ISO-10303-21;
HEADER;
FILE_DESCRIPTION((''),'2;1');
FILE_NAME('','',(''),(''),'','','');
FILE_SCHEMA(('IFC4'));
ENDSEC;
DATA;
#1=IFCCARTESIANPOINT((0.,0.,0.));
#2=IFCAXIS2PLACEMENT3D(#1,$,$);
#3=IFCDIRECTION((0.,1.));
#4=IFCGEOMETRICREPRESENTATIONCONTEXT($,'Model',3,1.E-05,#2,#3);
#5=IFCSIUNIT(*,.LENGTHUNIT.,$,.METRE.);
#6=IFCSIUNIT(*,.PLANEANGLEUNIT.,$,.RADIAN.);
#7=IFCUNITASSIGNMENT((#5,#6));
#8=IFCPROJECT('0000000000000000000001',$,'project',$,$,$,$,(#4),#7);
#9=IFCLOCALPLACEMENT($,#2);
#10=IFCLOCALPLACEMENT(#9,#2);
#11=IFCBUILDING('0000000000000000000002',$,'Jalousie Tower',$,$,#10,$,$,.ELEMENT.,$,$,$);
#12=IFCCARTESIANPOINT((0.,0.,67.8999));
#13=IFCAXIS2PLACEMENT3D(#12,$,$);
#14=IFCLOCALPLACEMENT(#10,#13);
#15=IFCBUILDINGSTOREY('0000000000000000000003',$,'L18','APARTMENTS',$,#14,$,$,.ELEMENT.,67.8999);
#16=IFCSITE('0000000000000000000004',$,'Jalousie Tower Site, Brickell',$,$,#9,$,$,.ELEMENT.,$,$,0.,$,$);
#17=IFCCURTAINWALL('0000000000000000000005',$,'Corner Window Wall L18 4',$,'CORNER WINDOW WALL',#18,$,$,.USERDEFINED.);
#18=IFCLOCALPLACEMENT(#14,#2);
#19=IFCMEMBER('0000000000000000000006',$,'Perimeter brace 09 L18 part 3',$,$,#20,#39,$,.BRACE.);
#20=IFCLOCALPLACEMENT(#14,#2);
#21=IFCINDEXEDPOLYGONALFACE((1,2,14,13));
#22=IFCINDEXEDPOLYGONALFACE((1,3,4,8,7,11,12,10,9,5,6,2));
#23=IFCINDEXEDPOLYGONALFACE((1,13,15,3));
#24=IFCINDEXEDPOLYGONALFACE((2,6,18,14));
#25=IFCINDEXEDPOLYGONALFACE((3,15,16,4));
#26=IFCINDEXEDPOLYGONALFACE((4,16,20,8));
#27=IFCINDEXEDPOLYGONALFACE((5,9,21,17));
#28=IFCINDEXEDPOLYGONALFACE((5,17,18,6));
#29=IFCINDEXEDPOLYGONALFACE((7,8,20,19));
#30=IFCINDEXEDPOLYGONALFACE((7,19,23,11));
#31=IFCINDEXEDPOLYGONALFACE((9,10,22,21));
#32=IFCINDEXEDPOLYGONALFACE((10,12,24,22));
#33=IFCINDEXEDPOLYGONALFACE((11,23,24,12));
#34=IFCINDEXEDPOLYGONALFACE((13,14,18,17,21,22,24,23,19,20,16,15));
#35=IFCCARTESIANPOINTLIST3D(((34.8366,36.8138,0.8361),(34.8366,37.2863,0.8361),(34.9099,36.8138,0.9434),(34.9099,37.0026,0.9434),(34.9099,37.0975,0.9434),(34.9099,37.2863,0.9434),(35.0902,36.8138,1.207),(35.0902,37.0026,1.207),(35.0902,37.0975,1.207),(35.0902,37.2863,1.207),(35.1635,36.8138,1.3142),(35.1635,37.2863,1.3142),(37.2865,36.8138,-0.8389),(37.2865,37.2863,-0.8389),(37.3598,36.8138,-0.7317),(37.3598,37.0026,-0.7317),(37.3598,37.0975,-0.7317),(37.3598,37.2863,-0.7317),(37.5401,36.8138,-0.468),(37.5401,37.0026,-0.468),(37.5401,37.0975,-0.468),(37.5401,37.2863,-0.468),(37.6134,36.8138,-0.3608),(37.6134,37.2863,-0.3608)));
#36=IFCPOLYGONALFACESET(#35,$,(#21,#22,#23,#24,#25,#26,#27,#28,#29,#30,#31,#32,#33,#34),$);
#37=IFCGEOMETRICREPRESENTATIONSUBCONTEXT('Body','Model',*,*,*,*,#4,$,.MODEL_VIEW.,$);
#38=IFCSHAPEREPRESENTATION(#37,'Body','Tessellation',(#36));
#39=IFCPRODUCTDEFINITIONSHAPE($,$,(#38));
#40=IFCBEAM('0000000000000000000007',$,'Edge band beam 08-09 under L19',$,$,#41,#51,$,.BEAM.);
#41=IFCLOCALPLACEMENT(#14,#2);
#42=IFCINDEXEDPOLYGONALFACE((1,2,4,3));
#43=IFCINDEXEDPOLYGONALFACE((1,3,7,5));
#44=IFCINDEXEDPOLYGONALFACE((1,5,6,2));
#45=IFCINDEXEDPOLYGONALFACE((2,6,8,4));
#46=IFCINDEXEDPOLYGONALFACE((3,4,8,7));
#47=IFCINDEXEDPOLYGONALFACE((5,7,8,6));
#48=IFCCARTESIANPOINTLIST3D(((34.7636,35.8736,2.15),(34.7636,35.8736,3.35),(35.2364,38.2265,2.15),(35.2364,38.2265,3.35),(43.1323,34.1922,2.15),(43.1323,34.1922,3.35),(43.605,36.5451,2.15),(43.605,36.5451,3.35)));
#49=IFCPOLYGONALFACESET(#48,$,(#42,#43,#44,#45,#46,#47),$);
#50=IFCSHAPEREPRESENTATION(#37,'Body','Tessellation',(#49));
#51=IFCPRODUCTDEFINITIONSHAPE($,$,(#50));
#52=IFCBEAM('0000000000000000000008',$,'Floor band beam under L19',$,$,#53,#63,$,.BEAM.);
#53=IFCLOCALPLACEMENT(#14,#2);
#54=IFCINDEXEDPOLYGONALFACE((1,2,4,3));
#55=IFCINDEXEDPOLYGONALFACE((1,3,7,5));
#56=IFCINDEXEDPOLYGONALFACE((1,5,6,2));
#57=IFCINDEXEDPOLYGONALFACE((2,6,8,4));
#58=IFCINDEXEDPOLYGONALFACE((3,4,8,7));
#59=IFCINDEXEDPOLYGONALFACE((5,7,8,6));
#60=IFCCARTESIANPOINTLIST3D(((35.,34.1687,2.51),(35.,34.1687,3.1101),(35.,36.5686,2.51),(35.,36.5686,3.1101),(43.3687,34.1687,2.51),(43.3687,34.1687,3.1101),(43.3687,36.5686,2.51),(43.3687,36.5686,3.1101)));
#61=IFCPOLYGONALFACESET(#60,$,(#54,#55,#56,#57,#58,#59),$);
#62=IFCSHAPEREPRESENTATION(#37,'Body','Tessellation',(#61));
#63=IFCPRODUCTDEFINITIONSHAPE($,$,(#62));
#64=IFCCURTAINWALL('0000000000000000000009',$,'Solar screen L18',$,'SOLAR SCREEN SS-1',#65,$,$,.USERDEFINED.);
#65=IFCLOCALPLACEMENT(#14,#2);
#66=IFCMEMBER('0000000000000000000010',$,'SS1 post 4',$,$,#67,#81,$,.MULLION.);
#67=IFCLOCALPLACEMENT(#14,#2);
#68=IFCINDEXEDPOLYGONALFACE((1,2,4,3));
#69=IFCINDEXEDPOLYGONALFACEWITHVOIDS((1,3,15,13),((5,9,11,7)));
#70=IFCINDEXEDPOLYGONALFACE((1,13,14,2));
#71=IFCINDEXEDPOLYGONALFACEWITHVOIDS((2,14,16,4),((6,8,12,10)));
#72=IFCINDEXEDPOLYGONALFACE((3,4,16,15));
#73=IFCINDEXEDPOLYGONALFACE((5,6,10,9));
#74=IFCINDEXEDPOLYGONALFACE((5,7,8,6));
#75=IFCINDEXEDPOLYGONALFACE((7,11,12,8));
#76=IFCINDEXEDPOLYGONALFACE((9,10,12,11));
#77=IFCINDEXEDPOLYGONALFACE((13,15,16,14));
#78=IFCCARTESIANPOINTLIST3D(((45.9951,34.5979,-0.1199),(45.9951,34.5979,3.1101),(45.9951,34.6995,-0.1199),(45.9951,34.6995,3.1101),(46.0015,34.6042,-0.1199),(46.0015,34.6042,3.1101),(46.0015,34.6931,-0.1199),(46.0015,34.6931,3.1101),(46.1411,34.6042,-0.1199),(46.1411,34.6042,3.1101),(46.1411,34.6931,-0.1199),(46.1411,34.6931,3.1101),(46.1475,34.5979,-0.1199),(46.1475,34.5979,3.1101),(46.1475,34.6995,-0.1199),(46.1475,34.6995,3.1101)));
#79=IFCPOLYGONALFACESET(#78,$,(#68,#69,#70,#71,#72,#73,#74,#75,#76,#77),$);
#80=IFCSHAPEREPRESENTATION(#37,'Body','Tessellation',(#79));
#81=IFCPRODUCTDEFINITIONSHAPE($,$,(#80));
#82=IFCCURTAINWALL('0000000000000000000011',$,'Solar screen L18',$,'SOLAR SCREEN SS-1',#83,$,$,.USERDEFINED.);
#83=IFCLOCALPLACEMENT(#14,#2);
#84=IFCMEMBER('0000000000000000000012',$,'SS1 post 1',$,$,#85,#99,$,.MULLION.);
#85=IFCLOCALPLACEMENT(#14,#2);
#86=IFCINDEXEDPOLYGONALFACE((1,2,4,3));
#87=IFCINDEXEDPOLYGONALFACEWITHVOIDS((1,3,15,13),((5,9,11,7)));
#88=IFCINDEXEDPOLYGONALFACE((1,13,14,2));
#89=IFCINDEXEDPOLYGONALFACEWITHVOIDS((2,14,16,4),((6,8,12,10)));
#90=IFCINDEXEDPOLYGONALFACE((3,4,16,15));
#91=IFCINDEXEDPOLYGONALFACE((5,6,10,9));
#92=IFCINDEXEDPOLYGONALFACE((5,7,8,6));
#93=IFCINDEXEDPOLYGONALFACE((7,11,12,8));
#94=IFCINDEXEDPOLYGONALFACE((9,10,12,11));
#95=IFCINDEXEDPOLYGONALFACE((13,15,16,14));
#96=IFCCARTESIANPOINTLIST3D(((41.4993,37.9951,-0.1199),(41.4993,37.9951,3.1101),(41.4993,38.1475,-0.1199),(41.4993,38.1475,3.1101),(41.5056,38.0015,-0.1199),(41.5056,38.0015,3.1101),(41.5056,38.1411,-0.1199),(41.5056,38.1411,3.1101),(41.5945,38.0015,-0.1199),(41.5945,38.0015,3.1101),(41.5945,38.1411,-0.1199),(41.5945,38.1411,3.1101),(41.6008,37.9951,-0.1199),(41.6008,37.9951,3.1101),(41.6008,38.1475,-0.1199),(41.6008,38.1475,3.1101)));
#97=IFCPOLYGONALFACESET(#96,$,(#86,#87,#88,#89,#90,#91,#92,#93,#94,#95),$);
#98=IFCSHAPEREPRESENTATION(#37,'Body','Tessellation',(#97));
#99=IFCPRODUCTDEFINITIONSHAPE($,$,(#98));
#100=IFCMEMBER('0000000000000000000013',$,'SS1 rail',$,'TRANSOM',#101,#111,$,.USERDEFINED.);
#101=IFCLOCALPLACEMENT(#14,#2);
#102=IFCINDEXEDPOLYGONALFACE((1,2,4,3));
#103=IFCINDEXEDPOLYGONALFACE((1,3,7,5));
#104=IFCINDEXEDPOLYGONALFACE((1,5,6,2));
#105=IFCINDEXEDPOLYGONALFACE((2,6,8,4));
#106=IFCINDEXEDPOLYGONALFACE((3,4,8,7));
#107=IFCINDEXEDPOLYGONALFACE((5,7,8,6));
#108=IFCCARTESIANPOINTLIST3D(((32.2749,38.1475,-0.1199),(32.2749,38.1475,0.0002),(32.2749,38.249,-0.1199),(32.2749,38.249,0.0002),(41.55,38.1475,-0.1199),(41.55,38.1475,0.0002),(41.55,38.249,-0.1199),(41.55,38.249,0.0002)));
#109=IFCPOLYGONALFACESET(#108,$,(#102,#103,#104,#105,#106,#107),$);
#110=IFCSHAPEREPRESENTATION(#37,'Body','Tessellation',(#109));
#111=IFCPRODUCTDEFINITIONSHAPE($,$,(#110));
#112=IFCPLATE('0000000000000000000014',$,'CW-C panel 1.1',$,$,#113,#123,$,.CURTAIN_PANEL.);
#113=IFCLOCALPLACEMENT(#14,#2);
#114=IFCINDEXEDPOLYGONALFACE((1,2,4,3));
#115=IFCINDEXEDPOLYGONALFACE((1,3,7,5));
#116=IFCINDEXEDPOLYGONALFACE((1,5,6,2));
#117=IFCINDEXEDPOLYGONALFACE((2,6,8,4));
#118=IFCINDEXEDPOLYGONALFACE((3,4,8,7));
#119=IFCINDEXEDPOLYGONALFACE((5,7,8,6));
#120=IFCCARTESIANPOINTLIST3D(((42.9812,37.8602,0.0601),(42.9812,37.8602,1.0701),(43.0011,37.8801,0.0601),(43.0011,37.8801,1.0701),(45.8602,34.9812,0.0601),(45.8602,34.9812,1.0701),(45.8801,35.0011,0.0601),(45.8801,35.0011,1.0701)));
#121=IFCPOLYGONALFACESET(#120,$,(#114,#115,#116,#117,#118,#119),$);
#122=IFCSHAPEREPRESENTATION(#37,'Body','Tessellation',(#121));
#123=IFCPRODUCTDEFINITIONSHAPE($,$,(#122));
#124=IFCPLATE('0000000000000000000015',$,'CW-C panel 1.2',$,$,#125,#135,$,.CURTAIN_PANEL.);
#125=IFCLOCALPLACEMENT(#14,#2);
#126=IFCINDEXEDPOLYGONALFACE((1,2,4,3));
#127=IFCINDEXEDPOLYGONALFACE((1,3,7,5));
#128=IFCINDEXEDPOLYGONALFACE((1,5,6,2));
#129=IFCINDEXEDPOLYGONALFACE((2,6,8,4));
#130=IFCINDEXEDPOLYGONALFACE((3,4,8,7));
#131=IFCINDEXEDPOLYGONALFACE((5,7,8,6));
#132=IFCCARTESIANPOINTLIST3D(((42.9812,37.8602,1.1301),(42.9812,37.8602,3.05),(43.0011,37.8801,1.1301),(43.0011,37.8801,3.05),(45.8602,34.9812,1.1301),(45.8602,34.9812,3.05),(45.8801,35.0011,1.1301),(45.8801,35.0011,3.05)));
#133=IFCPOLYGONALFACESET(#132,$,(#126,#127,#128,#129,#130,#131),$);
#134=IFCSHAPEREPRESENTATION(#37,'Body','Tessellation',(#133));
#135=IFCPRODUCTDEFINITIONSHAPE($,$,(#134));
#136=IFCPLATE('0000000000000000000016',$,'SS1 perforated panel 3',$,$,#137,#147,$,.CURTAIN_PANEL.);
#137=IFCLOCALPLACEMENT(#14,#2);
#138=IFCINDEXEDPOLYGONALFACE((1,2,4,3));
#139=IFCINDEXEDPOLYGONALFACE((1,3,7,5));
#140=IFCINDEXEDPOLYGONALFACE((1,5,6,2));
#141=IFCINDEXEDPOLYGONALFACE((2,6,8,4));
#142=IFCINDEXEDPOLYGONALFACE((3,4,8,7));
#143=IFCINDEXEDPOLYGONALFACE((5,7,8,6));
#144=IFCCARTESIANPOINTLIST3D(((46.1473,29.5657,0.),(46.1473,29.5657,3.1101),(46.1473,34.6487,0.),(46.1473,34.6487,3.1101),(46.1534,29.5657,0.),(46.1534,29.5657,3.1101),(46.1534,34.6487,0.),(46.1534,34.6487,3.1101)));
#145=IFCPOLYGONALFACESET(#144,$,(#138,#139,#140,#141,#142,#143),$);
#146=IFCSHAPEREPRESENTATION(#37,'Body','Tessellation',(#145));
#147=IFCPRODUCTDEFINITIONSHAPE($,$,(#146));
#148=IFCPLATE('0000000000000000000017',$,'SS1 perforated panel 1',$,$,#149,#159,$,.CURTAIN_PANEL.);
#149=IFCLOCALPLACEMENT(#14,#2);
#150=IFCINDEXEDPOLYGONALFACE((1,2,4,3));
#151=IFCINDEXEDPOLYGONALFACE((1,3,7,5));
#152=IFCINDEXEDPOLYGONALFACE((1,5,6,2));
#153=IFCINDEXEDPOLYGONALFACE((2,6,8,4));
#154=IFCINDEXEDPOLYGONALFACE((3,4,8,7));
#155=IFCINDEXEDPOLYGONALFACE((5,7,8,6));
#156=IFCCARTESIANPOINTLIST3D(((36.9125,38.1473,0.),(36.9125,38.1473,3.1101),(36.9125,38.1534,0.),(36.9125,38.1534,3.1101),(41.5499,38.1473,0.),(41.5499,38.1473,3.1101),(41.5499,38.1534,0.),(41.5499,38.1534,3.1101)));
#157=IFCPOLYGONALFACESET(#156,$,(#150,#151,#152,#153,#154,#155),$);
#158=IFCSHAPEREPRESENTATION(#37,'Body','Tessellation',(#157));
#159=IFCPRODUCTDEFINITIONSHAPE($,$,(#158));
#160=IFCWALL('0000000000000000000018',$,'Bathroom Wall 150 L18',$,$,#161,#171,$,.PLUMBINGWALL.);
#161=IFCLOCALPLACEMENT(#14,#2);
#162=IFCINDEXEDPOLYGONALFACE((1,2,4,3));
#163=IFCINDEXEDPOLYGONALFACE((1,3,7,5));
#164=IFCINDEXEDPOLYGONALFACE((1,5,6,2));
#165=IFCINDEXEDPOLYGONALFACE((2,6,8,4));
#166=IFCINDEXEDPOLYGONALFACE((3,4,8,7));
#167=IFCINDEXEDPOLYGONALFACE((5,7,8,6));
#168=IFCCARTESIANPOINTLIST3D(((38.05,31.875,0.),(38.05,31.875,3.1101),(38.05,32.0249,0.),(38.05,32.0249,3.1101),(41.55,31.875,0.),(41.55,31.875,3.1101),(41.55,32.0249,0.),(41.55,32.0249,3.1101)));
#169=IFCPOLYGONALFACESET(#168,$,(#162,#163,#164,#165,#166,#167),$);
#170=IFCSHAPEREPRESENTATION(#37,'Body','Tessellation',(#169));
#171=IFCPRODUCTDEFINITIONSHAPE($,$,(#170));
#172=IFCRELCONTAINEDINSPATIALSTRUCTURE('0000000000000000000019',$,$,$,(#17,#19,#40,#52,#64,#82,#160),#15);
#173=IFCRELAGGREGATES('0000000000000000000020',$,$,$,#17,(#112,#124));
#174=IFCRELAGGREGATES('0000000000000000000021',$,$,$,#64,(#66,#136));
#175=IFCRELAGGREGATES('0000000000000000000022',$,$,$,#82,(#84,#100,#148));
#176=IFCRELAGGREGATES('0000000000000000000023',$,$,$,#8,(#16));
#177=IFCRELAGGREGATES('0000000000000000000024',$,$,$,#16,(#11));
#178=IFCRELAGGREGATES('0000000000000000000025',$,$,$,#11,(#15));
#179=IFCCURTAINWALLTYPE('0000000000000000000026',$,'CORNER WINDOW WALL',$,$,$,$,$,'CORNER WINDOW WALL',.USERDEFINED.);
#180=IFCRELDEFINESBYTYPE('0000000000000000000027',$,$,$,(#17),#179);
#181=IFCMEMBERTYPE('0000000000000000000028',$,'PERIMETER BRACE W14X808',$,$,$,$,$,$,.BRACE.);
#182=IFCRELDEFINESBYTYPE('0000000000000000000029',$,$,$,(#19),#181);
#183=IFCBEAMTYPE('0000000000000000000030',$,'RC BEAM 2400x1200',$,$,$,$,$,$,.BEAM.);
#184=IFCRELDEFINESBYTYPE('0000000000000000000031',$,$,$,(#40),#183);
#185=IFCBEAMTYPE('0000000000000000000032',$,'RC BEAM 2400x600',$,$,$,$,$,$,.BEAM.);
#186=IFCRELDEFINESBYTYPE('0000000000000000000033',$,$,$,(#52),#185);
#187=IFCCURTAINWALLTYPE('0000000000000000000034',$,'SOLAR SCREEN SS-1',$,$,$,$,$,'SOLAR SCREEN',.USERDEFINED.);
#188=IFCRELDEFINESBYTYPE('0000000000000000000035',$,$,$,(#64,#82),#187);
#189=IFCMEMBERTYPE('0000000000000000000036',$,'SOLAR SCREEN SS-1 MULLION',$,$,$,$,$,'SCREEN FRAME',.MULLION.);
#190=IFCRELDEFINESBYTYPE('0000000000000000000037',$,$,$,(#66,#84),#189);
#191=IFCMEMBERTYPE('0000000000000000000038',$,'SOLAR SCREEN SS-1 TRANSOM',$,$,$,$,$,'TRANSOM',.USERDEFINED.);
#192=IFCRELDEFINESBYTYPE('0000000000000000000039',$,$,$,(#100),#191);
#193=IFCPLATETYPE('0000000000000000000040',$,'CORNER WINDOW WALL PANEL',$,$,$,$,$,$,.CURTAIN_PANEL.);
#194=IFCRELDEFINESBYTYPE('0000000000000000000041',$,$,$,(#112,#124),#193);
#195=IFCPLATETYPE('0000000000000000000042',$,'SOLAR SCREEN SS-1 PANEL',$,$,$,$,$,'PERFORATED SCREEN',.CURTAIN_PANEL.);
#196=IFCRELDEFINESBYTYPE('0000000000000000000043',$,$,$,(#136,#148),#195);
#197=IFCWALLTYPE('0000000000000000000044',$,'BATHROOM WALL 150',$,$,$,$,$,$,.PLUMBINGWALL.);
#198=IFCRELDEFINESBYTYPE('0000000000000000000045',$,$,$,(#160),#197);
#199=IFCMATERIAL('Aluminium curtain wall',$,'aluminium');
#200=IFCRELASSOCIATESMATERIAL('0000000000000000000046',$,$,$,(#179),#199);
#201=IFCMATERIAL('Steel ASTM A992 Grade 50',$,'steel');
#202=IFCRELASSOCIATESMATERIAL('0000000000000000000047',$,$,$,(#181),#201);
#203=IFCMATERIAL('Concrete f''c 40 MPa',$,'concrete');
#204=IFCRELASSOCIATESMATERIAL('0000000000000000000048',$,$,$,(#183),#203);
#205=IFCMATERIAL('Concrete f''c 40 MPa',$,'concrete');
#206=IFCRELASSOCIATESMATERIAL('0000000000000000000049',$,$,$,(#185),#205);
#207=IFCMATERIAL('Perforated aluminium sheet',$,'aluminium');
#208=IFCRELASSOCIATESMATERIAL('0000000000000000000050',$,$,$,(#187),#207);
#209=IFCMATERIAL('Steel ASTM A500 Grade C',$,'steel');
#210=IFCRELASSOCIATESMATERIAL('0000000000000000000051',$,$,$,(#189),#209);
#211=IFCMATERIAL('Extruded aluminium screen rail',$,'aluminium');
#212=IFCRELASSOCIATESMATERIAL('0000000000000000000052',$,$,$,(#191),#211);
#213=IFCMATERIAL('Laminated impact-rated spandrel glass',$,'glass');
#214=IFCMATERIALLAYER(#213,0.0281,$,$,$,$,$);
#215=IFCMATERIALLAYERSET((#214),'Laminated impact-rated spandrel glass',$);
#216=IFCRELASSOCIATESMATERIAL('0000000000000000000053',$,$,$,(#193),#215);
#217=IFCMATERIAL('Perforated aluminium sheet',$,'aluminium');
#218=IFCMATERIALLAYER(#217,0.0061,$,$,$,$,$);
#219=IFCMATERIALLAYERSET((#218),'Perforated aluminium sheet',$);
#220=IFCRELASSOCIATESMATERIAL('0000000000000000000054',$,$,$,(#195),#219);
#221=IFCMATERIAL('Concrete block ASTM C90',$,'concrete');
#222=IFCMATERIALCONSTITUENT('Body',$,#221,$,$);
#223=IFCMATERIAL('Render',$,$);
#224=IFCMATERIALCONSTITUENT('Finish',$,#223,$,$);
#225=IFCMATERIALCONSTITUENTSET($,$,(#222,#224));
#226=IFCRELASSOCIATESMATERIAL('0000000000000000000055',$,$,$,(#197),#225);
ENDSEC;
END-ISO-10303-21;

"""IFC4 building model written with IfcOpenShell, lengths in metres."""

from ifc_helpers import new_model, si_unit, direction, frame, frame_2d, origin, origin_2d, place, context, subcontext, project, spatial, rectangle, hollow_rectangle, i_section, extrude, material, layer, layer_set, constituent, constituent_set, material_profile, profile_set, type_object, element, aggregate, save


model = new_model("IFC4")

# Units and contexts
model_context = context("Model", 3, precision=1e-05, world=origin(), true_north=direction((0.0, 1.0)))
body_context = subcontext(model_context, "Body", "Model", "MODEL_VIEW")
ifc_project = project(units=[si_unit("LENGTHUNIT", "METRE"), si_unit("PLANEANGLEUNIT", "RADIAN")], contexts=[model_context])

# Site, building, storey
site_placement = place(None, origin())
site = spatial("IfcSite", under=ifc_project, at=site_placement, Name="Jalousie Tower Site, Brickell", CompositionType="ELEMENT", RefElevation=0.0)
building_placement = place(site_placement, origin())
building = spatial("IfcBuilding", under=site, at=building_placement, Name="Jalousie Tower", CompositionType="ELEMENT")
storey_placement = place(building_placement, frame((0.0, 0.0, 67.8999)))
storey = spatial("IfcBuildingStorey", under=building, at=storey_placement, Name="L18", Description="APARTMENTS", CompositionType="ELEMENT", Elevation=67.8999)

# Curtain wall
ifc_material_1 = material(Name="Aluminium curtain wall", Category="aluminium")
curtain_wall_type_1 = type_object("IfcCurtainWallType", Name="CORNER WINDOW WALL", ElementType="CORNER WINDOW WALL", PredefinedType="USERDEFINED", material=ifc_material_1)
curtain_wall_1_placement = place(storey_placement, origin())
curtain_wall_1 = element("IfcCurtainWall", 1, at=curtain_wall_1_placement, inside=storey, type_object=curtain_wall_type_1, Name="Corner Window Wall L18 4", ObjectType="CORNER WINDOW WALL", PredefinedType="USERDEFINED")

# Member
ifc_material_2 = material(Name="Steel ASTM A992 Grade 50", Category="steel")
ifc_material_profile_1 = material_profile(ifc_material_2, i_section(OverallWidth=0.4724, OverallDepth=0.5791, WebThickness=0.095, FlangeThickness=0.1299, at=origin_2d()), Name="W14X808")
ifc_profile_set_1 = profile_set([ifc_material_profile_1], Name="Steel ASTM A992 Grade 50")
member_type_1 = type_object("IfcMemberType", Name="PERIMETER BRACE W14X808", PredefinedType="BRACE", material=ifc_profile_set_1)
member_1_placement = place(storey_placement, frame((37.45, 37.05, -0.5999), z_axis=(-0.825501, 0.0, 0.564401), x_axis=(0.0, -1.0, 0.0)))
element("IfcMember", 2, at=member_1_placement, inside=storey, type_object=member_type_1, Name="Perimeter brace 09 L18 part 3", PredefinedType="BRACE", context=body_context, shape_type="SweptSolid", body=[
    extrude(i_section(OverallWidth=0.4724, OverallDepth=0.5791, WebThickness=0.095, FlangeThickness=0.1299, at=origin_2d()), origin(), (0.0, 0.0, 1.0), 2.9678),
])

# Beams
ifc_material_3 = material(Name="Concrete f'c 40 MPa", Category="concrete")
ifc_material_profile_2 = material_profile(ifc_material_3, rectangle(XDim=2.3999, YDim=1.2, at=origin_2d()), Name="RC 2400x1200")
ifc_profile_set_2 = profile_set([ifc_material_profile_2], Name="Concrete f'c 40 MPa")
beam_type_1 = type_object("IfcBeamType", Name="RC BEAM 2400x1200", PredefinedType="BEAM", material=ifc_profile_set_2)
beam_1_placement = place(storey_placement, frame((43.3687, 35.3687, 2.75), z_axis=(-0.980408, 0.19698, 0.0), x_axis=(-0.19698, -0.980408, 0.0)))
element("IfcBeam", 3, at=beam_1_placement, inside=storey, type_object=beam_type_1, Name="Edge band beam 08-09 under L19", PredefinedType="BEAM", context=body_context, shape_type="SweptSolid", body=[
    extrude(rectangle(XDim=2.3999, YDim=1.2, at=origin_2d()), origin(), (0.0, 0.0, 1.0), 8.5359),
])
ifc_material_4 = material(Name="Concrete f'c 40 MPa", Category="concrete")
ifc_material_profile_3 = material_profile(ifc_material_4, rectangle(XDim=2.3999, YDim=0.6001, at=origin_2d()), Name="RC 2400x600")
ifc_profile_set_3 = profile_set([ifc_material_profile_3], Name="Concrete f'c 40 MPa")
beam_type_2 = type_object("IfcBeamType", Name="RC BEAM 2400x600", PredefinedType="BEAM", material=ifc_profile_set_3)
beam_2_placement = place(storey_placement, frame((43.3687, 35.3687, 2.8101), z_axis=(-1.0, 0.0, 0.0), x_axis=(0.0, -1.0, 0.0)))
element("IfcBeam", 4, at=beam_2_placement, inside=storey, type_object=beam_type_2, Name="Floor band beam under L19", PredefinedType="BEAM", context=body_context, shape_type="SweptSolid", body=[
    extrude(rectangle(XDim=2.3999, YDim=0.6001, at=origin_2d()), origin(), (0.0, 0.0, 1.0), 8.3687),
])

# Curtain wall, member
ifc_material_5 = material(Name="Perforated aluminium sheet", Category="aluminium")
curtain_wall_type_2 = type_object("IfcCurtainWallType", Name="SOLAR SCREEN SS-1", ElementType="SOLAR SCREEN", PredefinedType="USERDEFINED", material=ifc_material_5)
curtain_wall_2_placement = place(storey_placement, origin())
curtain_wall_2 = element("IfcCurtainWall", 5, at=curtain_wall_2_placement, inside=storey, type_object=curtain_wall_type_2, Name="Solar screen L18", ObjectType="SOLAR SCREEN SS-1", PredefinedType="USERDEFINED")
ifc_material_6 = material(Name="Steel ASTM A500 Grade C", Category="steel")
ifc_material_profile_4 = material_profile(ifc_material_6, hollow_rectangle(XDim=0.1016, YDim=0.1523, WallThickness=0.0063, at=origin_2d()), Name="HSS6X4X1/4")
ifc_profile_set_4 = profile_set([ifc_material_profile_4], Name="Steel ASTM A500 Grade C")
member_type_2 = type_object("IfcMemberType", Name="SOLAR SCREEN SS-1 MULLION", ElementType="SCREEN FRAME", PredefinedType="MULLION", material=ifc_profile_set_4)
member_2_placement = place(storey_placement, frame((46.0713, 34.6487, -0.1199), z_axis=(0.0, 0.0, 1.0), x_axis=(0.0, 1.0, 0.0)))
member_2 = element("IfcMember", 6, at=member_2_placement, type_object=member_type_2, Name="SS1 post 4", PredefinedType="MULLION", context=body_context, shape_type="SweptSolid", body=[
    extrude(hollow_rectangle(XDim=0.1016, YDim=0.1523, WallThickness=0.0063, at=origin_2d()), origin(), (0.0, 0.0, 1.0), 3.23),
])

# Curtain wall, members
curtain_wall_3_placement = place(storey_placement, origin())
curtain_wall_3 = element("IfcCurtainWall", 7, at=curtain_wall_3_placement, inside=storey, type_object=curtain_wall_type_2, Name="Solar screen L18", ObjectType="SOLAR SCREEN SS-1", PredefinedType="USERDEFINED")
member_3_placement = place(storey_placement, frame((41.55, 38.0713, -0.1199), z_axis=(0.0, 0.0, 1.0), x_axis=(-1.0, 0.0, 0.0)))
member_3 = element("IfcMember", 8, at=member_3_placement, type_object=member_type_2, Name="SS1 post 1", PredefinedType="MULLION", context=body_context, shape_type="SweptSolid", body=[
    extrude(hollow_rectangle(XDim=0.1016, YDim=0.1523, WallThickness=0.0063, at=origin_2d()), origin(), (0.0, 0.0, 1.0), 3.23),
])
ifc_material_7 = material(Name="Extruded aluminium screen rail", Category="aluminium")
ifc_material_profile_5 = material_profile(ifc_material_7, rectangle(XDim=0.1016, YDim=0.1201, at=origin_2d()), Name="RAIL 102x120")
ifc_profile_set_5 = profile_set([ifc_material_profile_5], Name="Extruded aluminium screen rail")
member_type_3 = type_object("IfcMemberType", Name="SOLAR SCREEN SS-1 TRANSOM", ElementType="TRANSOM", PredefinedType="USERDEFINED", material=ifc_profile_set_5)
member_4_placement = place(storey_placement, frame((41.55, 38.1982, -0.0598), z_axis=(-1.0, 0.0, 0.0), x_axis=(0.0, -1.0, 0.0)))
member_4 = element("IfcMember", 9, at=member_4_placement, type_object=member_type_3, Name="SS1 rail", ObjectType="TRANSOM", PredefinedType="USERDEFINED", context=body_context, shape_type="SweptSolid", body=[
    extrude(rectangle(XDim=0.1016, YDim=0.1201, at=origin_2d()), origin(), (0.0, 0.0, 1.0), 9.2751),
])

# Plates
ifc_material_8 = material(Name="Laminated impact-rated spandrel glass", Category="glass")
ifc_layer_1 = layer(ifc_material_8, 0.0281)
ifc_layer_set_1 = layer_set([ifc_layer_1], Name="Laminated impact-rated spandrel glass")
plate_type_1 = type_object("IfcPlateType", Name="CORNER WINDOW WALL PANEL", PredefinedType="CURTAIN_PANEL", material=ifc_layer_set_1)
plate_1_placement = place(storey_placement, frame((44.4307, 36.4307, 0.0601), z_axis=(0.0, 0.0, 1.0), x_axis=(-0.707107, 0.707107, 0.0)))
plate_1 = element("IfcPlate", 10, at=plate_1_placement, type_object=plate_type_1, Name="CW-C panel 1.1", PredefinedType="CURTAIN_PANEL", context=body_context, shape_type="SweptSolid", body=[
    extrude(rectangle(XDim=4.0715, YDim=0.0281, at=origin_2d()), origin(), (0.0, 0.0, 1.0), 1.01),
])
plate_2_placement = place(storey_placement, frame((44.4307, 36.4307, 1.1301), z_axis=(0.0, 0.0, 1.0), x_axis=(-0.707107, 0.707107, 0.0)))
plate_2 = element("IfcPlate", 11, at=plate_2_placement, type_object=plate_type_1, Name="CW-C panel 1.2", PredefinedType="CURTAIN_PANEL", context=body_context, shape_type="SweptSolid", body=[
    extrude(rectangle(XDim=4.0715, YDim=0.0281, at=origin_2d()), origin(), (0.0, 0.0, 1.0), 1.9199),
])
aggregate(curtain_wall_1, [plate_1, plate_2])
ifc_material_9 = material(Name="Perforated aluminium sheet", Category="aluminium")
ifc_layer_2 = layer(ifc_material_9, 0.0061)
ifc_layer_set_2 = layer_set([ifc_layer_2], Name="Perforated aluminium sheet")
plate_type_2 = type_object("IfcPlateType", Name="SOLAR SCREEN SS-1 PANEL", ElementType="PERFORATED SCREEN", PredefinedType="CURTAIN_PANEL", material=ifc_layer_set_2)
plate_3_placement = place(storey_placement, frame((46.1504, 32.1072, 0.0), z_axis=(0.0, 0.0, 1.0), x_axis=(0.0, 1.0, 0.0)))
plate_3 = element("IfcPlate", 12, at=plate_3_placement, type_object=plate_type_2, Name="SS1 perforated panel 3", PredefinedType="CURTAIN_PANEL", context=body_context, shape_type="SweptSolid", body=[
    extrude(rectangle(XDim=5.083, YDim=0.0061, at=origin_2d()), origin(), (0.0, 0.0, 1.0), 3.1101),
])
aggregate(curtain_wall_2, [member_2, plate_3])
plate_4_placement = place(storey_placement, frame((39.2312, 38.1504, 0.0), z_axis=(0.0, 0.0, 1.0), x_axis=(-1.0, 0.0, 0.0)))
plate_4 = element("IfcPlate", 13, at=plate_4_placement, type_object=plate_type_2, Name="SS1 perforated panel 1", PredefinedType="CURTAIN_PANEL", context=body_context, shape_type="SweptSolid", body=[
    extrude(rectangle(XDim=4.6375, YDim=0.0061, at=origin_2d()), origin(), (0.0, 0.0, 1.0), 3.1101),
])
aggregate(curtain_wall_3, [member_3, member_4, plate_4])

# Wall
ifc_material_10 = material(Name="Concrete block ASTM C90", Category="concrete")
ifc_constituent_1 = constituent(ifc_material_10, Name="Body")
ifc_material_11 = material(Name="Render")
ifc_constituent_2 = constituent(ifc_material_11, Name="Finish")
ifc_constituent_set_1 = constituent_set(constituents=[ifc_constituent_1, ifc_constituent_2])
wall_type_1 = type_object("IfcWallType", Name="BATHROOM WALL 150", PredefinedType="PLUMBINGWALL", material=ifc_constituent_set_1)
wall_1_placement = place(storey_placement, frame((38.05, 31.95, 0.0), z_axis=(0.0, 0.0, 1.0), x_axis=(1.0, 0.0, 0.0)))
element("IfcWall", 14, at=wall_1_placement, inside=storey, type_object=wall_type_1, Name="Bathroom Wall 150 L18", PredefinedType="PLUMBINGWALL", context=body_context, shape_type="SweptSolid", body=[
    extrude(rectangle(XDim=3.5, YDim=0.1499, at=frame_2d((1.75, 0.0))), origin(), (0.0, 0.0, 1.0), 3.1101),
])

save(model, "model.ifc")
